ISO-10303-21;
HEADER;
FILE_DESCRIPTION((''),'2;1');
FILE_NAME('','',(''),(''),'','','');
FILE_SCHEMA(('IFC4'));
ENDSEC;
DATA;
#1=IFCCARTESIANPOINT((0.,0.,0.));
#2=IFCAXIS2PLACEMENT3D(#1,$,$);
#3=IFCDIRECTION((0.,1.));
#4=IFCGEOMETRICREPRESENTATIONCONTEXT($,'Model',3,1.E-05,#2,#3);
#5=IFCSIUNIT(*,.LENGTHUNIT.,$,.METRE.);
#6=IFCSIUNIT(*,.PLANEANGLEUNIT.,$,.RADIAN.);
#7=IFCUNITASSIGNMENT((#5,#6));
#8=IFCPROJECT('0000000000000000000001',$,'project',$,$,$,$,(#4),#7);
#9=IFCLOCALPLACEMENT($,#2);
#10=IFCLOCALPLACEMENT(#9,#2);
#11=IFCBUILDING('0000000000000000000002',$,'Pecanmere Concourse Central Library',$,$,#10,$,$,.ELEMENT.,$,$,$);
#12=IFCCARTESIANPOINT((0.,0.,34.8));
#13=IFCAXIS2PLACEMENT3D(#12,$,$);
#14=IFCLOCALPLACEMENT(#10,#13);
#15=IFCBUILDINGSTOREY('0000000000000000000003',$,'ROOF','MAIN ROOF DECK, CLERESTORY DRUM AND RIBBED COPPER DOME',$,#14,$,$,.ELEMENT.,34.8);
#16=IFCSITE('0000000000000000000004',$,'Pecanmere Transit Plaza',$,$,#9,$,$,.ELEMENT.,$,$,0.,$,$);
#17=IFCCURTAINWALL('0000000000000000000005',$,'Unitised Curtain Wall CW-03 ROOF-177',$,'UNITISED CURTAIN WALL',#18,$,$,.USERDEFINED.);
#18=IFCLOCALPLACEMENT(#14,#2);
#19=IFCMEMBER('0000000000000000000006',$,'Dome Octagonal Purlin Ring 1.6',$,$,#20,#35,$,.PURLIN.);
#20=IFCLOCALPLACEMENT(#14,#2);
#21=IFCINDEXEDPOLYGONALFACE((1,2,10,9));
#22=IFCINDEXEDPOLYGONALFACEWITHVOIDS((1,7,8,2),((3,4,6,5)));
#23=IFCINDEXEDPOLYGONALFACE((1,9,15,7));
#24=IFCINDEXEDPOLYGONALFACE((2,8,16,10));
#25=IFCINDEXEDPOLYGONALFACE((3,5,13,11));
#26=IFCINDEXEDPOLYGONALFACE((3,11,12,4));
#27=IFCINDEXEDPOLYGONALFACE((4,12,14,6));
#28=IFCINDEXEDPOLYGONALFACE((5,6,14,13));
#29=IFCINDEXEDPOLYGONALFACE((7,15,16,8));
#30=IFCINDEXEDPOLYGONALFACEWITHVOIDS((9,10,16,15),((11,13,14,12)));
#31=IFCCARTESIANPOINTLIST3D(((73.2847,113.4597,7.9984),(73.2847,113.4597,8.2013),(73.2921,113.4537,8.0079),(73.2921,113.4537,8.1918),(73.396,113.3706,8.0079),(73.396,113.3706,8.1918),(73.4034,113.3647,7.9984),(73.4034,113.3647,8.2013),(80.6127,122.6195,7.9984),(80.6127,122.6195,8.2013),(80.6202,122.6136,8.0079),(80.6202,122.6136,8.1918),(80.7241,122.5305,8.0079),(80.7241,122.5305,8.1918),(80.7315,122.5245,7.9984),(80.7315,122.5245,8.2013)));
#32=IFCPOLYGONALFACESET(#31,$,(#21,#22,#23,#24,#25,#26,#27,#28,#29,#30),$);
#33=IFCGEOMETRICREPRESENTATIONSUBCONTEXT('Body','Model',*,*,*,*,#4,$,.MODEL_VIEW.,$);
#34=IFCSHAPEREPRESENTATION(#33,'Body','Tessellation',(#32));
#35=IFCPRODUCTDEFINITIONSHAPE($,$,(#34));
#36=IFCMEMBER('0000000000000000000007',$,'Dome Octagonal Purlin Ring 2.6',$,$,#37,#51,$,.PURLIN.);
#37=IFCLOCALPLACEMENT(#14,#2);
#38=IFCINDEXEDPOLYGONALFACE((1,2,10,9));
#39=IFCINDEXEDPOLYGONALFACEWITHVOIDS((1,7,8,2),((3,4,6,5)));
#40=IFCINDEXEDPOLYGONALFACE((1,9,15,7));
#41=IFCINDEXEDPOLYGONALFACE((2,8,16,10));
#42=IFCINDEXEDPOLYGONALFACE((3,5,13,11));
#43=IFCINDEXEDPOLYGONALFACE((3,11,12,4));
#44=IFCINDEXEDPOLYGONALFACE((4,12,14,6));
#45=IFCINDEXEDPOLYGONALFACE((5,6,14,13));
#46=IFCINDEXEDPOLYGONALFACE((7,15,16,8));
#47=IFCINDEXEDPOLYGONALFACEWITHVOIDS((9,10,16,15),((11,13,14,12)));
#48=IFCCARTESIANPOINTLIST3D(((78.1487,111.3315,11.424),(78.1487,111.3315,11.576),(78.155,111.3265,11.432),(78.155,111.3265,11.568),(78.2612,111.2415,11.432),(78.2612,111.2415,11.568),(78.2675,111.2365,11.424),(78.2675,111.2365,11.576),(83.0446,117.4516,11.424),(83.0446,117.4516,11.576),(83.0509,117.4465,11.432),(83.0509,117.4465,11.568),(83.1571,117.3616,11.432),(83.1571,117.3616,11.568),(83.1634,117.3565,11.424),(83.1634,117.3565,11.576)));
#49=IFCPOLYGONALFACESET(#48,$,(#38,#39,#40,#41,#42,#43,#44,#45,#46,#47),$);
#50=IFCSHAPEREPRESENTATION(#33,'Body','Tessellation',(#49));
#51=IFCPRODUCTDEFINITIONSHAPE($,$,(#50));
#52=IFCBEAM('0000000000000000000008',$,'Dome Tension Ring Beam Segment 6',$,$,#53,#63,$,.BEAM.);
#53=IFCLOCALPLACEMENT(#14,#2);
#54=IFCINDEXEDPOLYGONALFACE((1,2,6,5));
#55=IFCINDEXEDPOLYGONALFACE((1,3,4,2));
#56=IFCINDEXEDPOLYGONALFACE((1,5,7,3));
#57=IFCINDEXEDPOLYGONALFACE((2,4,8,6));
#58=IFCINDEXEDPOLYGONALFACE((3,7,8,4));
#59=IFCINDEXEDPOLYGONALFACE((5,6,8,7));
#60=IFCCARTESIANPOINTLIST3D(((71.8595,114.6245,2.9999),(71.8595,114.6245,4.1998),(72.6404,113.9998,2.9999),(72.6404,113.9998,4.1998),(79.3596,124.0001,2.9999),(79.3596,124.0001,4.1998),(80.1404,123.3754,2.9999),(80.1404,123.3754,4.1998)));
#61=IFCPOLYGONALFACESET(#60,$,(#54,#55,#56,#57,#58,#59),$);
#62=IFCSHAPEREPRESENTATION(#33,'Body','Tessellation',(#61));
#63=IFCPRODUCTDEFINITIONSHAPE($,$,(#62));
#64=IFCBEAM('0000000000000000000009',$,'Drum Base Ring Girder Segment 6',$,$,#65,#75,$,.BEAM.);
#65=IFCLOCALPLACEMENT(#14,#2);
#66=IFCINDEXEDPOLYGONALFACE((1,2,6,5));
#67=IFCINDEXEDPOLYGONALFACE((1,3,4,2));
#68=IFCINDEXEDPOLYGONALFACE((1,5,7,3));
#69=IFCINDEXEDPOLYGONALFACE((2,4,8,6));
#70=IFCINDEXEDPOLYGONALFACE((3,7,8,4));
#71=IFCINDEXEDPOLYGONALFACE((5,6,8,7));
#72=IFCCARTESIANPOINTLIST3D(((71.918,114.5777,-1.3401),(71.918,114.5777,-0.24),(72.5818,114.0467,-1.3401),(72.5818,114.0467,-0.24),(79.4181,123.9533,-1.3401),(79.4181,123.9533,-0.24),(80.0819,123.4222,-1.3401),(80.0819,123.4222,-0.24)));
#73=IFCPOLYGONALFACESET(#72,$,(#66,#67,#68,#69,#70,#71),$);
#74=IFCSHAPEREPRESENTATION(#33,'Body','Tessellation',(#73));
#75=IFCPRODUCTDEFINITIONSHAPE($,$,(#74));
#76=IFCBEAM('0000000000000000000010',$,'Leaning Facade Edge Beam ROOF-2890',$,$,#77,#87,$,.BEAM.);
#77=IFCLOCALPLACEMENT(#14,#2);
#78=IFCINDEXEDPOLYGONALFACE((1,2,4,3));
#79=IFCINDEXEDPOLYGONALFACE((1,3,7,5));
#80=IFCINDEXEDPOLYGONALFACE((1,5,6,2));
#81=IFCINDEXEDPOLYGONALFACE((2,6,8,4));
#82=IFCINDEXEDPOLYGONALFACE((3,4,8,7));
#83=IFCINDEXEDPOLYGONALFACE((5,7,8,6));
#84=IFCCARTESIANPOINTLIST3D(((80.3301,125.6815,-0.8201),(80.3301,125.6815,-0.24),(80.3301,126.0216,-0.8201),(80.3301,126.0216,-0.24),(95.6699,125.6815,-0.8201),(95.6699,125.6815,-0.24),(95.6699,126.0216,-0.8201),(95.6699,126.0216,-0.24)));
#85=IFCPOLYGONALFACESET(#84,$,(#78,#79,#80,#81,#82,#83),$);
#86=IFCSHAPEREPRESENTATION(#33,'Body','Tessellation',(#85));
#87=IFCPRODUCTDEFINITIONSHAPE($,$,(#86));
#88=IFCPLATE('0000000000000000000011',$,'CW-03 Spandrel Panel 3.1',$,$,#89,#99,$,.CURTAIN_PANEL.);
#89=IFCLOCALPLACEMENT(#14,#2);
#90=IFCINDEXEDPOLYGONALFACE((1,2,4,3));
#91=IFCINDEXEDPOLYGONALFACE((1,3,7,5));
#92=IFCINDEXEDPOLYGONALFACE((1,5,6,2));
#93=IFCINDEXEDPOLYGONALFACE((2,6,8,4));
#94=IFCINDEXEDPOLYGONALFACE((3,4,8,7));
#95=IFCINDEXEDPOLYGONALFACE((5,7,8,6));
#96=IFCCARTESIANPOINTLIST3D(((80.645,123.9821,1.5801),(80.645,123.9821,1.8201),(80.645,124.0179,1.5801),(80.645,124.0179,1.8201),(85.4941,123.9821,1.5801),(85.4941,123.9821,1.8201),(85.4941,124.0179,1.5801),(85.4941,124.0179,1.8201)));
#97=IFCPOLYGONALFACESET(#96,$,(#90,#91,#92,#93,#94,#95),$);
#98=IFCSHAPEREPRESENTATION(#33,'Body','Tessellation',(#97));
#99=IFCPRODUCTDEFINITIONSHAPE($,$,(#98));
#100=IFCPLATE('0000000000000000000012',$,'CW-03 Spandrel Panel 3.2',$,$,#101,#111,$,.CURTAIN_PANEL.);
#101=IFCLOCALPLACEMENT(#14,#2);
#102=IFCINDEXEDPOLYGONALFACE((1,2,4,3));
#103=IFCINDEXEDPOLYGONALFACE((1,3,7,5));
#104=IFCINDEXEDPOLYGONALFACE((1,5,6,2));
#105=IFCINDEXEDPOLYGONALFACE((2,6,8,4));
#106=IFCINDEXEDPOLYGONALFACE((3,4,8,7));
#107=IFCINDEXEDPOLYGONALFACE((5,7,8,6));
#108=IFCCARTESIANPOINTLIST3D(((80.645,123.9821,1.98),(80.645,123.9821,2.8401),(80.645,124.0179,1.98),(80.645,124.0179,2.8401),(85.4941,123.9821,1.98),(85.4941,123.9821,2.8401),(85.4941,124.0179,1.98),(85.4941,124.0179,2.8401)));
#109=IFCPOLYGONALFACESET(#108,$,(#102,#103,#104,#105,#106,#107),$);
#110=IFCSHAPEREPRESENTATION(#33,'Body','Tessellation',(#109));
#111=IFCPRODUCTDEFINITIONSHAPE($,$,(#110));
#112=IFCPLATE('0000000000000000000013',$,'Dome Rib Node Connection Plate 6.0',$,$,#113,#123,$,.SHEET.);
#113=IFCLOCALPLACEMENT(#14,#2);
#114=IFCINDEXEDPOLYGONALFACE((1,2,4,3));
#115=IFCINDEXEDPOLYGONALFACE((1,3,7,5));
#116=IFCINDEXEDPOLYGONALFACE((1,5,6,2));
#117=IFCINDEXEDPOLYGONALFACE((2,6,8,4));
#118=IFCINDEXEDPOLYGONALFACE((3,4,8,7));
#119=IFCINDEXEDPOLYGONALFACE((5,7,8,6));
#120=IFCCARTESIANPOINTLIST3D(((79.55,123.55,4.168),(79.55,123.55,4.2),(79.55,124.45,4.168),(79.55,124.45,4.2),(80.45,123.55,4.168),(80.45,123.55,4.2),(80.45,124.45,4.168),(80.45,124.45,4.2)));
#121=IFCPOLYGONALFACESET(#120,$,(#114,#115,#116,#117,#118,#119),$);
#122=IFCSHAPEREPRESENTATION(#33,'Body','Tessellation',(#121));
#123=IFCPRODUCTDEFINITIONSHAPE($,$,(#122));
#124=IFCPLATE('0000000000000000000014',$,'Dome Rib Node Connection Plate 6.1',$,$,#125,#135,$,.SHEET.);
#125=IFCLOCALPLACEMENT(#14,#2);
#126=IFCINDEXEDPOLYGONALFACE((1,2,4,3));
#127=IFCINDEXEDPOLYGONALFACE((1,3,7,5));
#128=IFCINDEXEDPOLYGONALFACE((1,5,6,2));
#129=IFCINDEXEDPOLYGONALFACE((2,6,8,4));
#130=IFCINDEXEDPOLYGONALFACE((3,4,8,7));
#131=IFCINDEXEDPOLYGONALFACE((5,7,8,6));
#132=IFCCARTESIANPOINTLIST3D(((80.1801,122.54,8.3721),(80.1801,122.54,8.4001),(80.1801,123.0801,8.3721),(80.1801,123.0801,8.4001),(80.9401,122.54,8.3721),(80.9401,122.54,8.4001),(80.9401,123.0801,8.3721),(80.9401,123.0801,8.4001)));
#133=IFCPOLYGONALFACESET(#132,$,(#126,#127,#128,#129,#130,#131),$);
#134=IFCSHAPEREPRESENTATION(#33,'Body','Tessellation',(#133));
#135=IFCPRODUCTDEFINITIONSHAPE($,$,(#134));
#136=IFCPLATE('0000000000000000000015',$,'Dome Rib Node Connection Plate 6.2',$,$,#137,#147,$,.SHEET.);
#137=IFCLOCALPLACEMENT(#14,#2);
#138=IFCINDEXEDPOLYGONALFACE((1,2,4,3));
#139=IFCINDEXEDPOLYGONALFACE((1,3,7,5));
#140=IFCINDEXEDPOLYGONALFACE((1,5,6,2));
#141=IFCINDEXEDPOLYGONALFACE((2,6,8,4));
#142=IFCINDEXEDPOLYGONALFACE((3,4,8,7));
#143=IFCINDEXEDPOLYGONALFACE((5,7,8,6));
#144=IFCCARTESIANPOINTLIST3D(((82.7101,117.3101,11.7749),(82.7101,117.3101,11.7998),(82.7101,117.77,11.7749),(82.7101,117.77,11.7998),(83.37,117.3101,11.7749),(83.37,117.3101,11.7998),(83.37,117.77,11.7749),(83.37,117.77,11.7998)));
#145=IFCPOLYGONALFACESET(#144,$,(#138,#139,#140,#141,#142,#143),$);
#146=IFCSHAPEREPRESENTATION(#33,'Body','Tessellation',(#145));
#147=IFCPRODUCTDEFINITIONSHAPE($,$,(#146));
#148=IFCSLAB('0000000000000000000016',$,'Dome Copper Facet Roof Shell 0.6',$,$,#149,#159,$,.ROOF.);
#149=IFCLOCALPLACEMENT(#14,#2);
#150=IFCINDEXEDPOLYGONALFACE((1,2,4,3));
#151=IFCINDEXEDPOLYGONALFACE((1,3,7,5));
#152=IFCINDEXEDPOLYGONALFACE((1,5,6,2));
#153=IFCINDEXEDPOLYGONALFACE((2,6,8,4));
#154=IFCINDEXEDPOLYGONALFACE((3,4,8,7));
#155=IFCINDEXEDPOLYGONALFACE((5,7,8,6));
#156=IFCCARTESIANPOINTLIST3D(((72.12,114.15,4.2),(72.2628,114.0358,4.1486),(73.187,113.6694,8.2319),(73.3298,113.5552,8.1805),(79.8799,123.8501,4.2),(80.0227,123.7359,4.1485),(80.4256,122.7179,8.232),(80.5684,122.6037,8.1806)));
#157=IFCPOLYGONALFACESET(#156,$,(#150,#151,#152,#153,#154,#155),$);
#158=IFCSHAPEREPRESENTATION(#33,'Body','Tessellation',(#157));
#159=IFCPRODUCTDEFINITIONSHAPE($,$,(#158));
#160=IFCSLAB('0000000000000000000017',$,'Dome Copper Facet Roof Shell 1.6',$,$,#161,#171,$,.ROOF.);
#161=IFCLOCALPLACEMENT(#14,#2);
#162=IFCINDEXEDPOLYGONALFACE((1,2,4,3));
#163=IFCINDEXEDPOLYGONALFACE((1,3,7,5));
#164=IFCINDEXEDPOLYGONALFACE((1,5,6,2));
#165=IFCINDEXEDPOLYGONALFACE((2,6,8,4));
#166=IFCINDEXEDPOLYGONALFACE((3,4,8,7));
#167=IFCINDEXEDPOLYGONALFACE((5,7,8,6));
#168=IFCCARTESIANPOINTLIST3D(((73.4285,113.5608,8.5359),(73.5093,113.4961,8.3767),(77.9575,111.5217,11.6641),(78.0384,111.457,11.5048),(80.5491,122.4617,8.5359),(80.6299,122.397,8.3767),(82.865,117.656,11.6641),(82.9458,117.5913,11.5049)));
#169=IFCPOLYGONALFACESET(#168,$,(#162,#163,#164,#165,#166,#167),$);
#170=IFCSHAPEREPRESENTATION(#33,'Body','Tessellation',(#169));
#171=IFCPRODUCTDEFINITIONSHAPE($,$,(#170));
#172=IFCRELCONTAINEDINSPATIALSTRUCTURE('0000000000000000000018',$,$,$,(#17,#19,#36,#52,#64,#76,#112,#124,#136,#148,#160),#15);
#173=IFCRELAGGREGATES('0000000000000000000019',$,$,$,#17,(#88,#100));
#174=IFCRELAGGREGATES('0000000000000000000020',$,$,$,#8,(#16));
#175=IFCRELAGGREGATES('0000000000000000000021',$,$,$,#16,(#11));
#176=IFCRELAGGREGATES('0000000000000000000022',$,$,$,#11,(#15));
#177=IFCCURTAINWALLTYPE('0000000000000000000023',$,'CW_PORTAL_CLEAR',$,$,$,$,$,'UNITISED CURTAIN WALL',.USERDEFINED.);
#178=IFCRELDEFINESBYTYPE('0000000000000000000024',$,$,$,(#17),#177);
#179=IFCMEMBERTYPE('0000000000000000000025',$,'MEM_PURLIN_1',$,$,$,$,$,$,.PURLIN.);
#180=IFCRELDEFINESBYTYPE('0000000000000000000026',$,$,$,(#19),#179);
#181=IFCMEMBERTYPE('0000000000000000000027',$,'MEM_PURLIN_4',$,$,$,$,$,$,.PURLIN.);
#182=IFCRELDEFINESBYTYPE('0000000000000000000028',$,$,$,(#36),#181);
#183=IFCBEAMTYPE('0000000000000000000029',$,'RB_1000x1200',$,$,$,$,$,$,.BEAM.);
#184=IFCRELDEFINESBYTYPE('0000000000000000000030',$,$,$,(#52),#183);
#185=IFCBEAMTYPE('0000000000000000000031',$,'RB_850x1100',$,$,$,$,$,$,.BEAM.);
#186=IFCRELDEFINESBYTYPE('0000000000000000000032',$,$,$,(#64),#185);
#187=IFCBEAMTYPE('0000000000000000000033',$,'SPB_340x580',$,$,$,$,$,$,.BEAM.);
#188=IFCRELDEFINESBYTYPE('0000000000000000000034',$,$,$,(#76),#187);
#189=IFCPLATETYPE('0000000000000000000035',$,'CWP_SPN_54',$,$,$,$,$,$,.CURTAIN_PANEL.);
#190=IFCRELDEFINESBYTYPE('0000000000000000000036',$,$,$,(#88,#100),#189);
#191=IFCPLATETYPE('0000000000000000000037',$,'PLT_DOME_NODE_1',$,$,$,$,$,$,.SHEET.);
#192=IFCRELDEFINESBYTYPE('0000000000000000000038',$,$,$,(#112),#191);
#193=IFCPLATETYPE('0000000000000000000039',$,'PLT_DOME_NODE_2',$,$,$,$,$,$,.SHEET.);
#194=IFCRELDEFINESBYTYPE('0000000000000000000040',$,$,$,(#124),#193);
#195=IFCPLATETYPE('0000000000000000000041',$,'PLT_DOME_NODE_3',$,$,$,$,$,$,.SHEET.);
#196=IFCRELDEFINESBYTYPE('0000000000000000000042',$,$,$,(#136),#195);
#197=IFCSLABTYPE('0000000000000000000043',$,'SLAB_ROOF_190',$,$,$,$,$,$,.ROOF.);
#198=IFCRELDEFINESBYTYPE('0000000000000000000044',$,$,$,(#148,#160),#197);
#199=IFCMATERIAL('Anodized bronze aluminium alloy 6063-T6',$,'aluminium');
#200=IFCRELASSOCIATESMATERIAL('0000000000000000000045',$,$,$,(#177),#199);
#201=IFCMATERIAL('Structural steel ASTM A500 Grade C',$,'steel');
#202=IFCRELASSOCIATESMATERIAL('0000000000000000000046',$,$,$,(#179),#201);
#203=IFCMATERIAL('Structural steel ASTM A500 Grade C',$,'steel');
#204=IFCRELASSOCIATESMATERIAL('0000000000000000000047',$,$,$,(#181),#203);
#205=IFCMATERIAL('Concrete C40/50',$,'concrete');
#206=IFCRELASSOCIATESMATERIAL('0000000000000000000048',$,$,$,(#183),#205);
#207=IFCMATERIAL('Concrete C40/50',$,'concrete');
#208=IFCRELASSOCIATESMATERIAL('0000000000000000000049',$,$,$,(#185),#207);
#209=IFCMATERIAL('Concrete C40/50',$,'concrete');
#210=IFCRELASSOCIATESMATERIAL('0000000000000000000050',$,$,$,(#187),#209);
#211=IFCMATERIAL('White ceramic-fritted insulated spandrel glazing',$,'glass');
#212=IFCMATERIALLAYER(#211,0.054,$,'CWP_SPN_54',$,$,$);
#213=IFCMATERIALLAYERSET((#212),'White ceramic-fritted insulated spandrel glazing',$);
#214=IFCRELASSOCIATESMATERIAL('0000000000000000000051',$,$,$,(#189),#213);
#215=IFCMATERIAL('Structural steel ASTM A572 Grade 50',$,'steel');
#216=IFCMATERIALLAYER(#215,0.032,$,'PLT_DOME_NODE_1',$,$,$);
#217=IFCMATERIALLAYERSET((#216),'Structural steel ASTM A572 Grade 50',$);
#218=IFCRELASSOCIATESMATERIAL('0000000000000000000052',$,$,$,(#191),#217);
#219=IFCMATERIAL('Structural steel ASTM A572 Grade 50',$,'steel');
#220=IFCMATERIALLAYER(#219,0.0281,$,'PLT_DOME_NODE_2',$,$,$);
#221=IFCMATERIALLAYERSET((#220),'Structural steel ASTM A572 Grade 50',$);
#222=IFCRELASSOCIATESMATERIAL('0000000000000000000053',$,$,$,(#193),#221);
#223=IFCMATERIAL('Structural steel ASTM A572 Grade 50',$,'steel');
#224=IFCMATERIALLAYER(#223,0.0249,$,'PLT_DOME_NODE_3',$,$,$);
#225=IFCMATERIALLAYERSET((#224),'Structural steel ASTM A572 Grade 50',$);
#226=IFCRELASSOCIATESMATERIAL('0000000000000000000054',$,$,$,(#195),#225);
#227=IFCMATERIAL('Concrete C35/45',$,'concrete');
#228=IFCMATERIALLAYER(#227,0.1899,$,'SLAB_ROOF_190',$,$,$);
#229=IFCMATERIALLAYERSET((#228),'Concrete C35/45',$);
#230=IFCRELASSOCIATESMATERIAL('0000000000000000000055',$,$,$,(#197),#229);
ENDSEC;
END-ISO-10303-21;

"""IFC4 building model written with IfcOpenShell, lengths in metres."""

from ifc_helpers import new_model, si_unit, direction, frame, origin, origin_2d, place, context, subcontext, project, spatial, polyline, rectangle, hollow_rectangle, outline, extrude, material, layer, layer_set, material_profile, profile_set, type_object, element, aggregate, save


model = new_model("IFC4")

# Units and contexts
model_context = context("Model", 3, precision=1e-05, world=origin(), true_north=direction((0.0, 1.0)))
body_context = subcontext(model_context, "Body", "Model", "MODEL_VIEW")
ifc_project = project(units=[si_unit("LENGTHUNIT", "METRE"), si_unit("PLANEANGLEUNIT", "RADIAN")], contexts=[model_context])

# Site, building, storey
site_placement = place(None, origin())
site = spatial("IfcSite", under=ifc_project, at=site_placement, Name="Pecanmere Transit Plaza", CompositionType="ELEMENT", RefElevation=0.0)
building_placement = place(site_placement, origin())
building = spatial("IfcBuilding", under=site, at=building_placement, Name="Pecanmere Concourse Central Library", CompositionType="ELEMENT")
storey_placement = place(building_placement, frame((0.0, 0.0, 34.8)))
storey = spatial("IfcBuildingStorey", under=building, at=storey_placement, Name="ROOF", Description="MAIN ROOF DECK, CLERESTORY DRUM AND RIBBED COPPER DOME", CompositionType="ELEMENT", Elevation=34.8)

# Curtain wall
ifc_material_1 = material(Name="Anodized bronze aluminium alloy 6063-T6", Category="aluminium")
curtain_wall_type = type_object("IfcCurtainWallType", Name="CW_PORTAL_CLEAR", ElementType="UNITISED CURTAIN WALL", PredefinedType="USERDEFINED", material=ifc_material_1)
curtain_wall_1_placement = place(storey_placement, origin())
curtain_wall_1 = element("IfcCurtainWall", 1, at=curtain_wall_1_placement, inside=storey, type_object=curtain_wall_type, Name="Unitised Curtain Wall CW-03 ROOF-177", ObjectType="UNITISED CURTAIN WALL", PredefinedType="USERDEFINED")

# Members
ifc_material_2 = material(Name="Structural steel ASTM A500 Grade C", Category="steel")
ifc_material_profile_1 = material_profile(ifc_material_2, hollow_rectangle(XDim=0.1521, YDim=0.2029, WallThickness=0.0095, at=origin_2d()), Name="HSS203x152x9.5")
ifc_profile_set_1 = profile_set([ifc_material_profile_1], Name="Structural steel ASTM A500 Grade C")
member_type_1 = type_object("IfcMemberType", Name="MEM_PURLIN_1", PredefinedType="PURLIN", material=ifc_profile_set_1)
member_1_placement = place(storey_placement, frame((80.6721, 122.572, 8.0999), z_axis=(-0.624705, -0.780861, 0.0), x_axis=(0.780861, -0.624705, 0.0)))
element("IfcMember", 2, at=member_1_placement, inside=storey, type_object=member_type_1, Name="Dome Octagonal Purlin Ring 1.6", PredefinedType="PURLIN", context=body_context, shape_type="SweptSolid", body=[
    extrude(hollow_rectangle(XDim=0.1521, YDim=0.2029, WallThickness=0.0095, at=origin_2d()), origin(), (0.0, 0.0, 1.0), 11.7305),
])
ifc_material_3 = material(Name="Structural steel ASTM A500 Grade C", Category="steel")
ifc_material_profile_2 = material_profile(ifc_material_3, hollow_rectangle(XDim=0.1521, YDim=0.1521, WallThickness=0.0081, at=origin_2d()), Name="HSS152x152x8.0")
ifc_profile_set_2 = profile_set([ifc_material_profile_2], Name="Structural steel ASTM A500 Grade C")
member_type_2 = type_object("IfcMemberType", Name="MEM_PURLIN_4", PredefinedType="PURLIN", material=ifc_profile_set_2)
member_2_placement = place(storey_placement, frame((83.104, 117.4041, 11.5), z_axis=(-0.624687, -0.780875, 0.0), x_axis=(0.780875, -0.624687, 0.0)))
element("IfcMember", 3, at=member_2_placement, inside=storey, type_object=member_type_2, Name="Dome Octagonal Purlin Ring 2.6", PredefinedType="PURLIN", context=body_context, shape_type="SweptSolid", body=[
    extrude(hollow_rectangle(XDim=0.1521, YDim=0.1521, WallThickness=0.0081, at=origin_2d()), origin(), (0.0, 0.0, 1.0), 7.8374),
])

# Beams
ifc_material_4 = material(Name="Concrete C40/50", Category="concrete")
ifc_material_profile_3 = material_profile(ifc_material_4, rectangle(XDim=1.0, YDim=1.2, at=origin_2d()), Name="RC 1000x1200")
ifc_profile_set_3 = profile_set([ifc_material_profile_3], Name="Concrete C40/50")
beam_type_1 = type_object("IfcBeamType", Name="RB_1000x1200", PredefinedType="BEAM", material=ifc_profile_set_3)
beam_1_placement = place(storey_placement, frame((79.75, 123.6877, 3.5999), z_axis=(-0.624675, -0.780885, 0.0), x_axis=(0.780885, -0.624675, 0.0)))
element("IfcBeam", 4, at=beam_1_placement, inside=storey, type_object=beam_type_1, Name="Dome Tension Ring Beam Segment 6", PredefinedType="BEAM", context=body_context, shape_type="SweptSolid", body=[
    extrude(rectangle(XDim=1.0, YDim=1.2, at=origin_2d()), origin(), (0.0, 0.0, 1.0), 12.0063),
])
ifc_material_5 = material(Name="Concrete C40/50", Category="concrete")
ifc_material_profile_4 = material_profile(ifc_material_5, rectangle(XDim=0.8501, YDim=1.1001, at=origin_2d()), Name="RC 850x1100")
ifc_profile_set_4 = profile_set([ifc_material_profile_4], Name="Concrete C40/50")
beam_type_2 = type_object("IfcBeamType", Name="RB_850x1100", PredefinedType="BEAM", material=ifc_profile_set_4)
beam_2_placement = place(storey_placement, frame((79.75, 123.6877, -0.79), z_axis=(-0.624675, -0.780885, 0.0), x_axis=(0.780885, -0.624675, 0.0)))
element("IfcBeam", 5, at=beam_2_placement, inside=storey, type_object=beam_type_2, Name="Drum Base Ring Girder Segment 6", PredefinedType="BEAM", context=body_context, shape_type="SweptSolid", body=[
    extrude(rectangle(XDim=0.8501, YDim=1.1001, at=origin_2d()), origin(), (0.0, 0.0, 1.0), 12.0063),
])
ifc_material_6 = material(Name="Concrete C40/50", Category="concrete")
ifc_material_profile_5 = material_profile(ifc_material_6, rectangle(XDim=0.3401, YDim=0.5801, at=origin_2d()), Name="RC 340x580")
ifc_profile_set_5 = profile_set([ifc_material_profile_5], Name="Concrete C40/50")
beam_type_3 = type_object("IfcBeamType", Name="SPB_340x580", PredefinedType="BEAM", material=ifc_profile_set_5)
beam_3_placement = place(storey_placement, frame((80.3301, 125.8516, -0.53), z_axis=(1.0, 0.0, 0.0), x_axis=(0.0, 1.0, 0.0)))
element("IfcBeam", 6, at=beam_3_placement, inside=storey, type_object=beam_type_3, Name="Leaning Facade Edge Beam ROOF-2890", PredefinedType="BEAM", context=body_context, shape_type="SweptSolid", body=[
    extrude(rectangle(XDim=0.3401, YDim=0.5801, at=origin_2d()), origin(), (0.0, 0.0, 1.0), 15.3398),
])

# Plates
ifc_material_7 = material(Name="White ceramic-fritted insulated spandrel glazing", Category="glass")
ifc_layer_1 = layer(ifc_material_7, 0.054, Name="CWP_SPN_54")
ifc_layer_set_1 = layer_set([ifc_layer_1], Name="White ceramic-fritted insulated spandrel glazing")
plate_type_1 = type_object("IfcPlateType", Name="CWP_SPN_54", PredefinedType="CURTAIN_PANEL", material=ifc_layer_set_1)
plate_1_placement = place(storey_placement, frame((83.0696, 124.0, 1.5801), z_axis=(0.0, 0.0, 1.0), x_axis=(-1.0, 0.0, 0.0)))
plate_1 = element("IfcPlate", 7, at=plate_1_placement, type_object=plate_type_1, Name="CW-03 Spandrel Panel 3.1", PredefinedType="CURTAIN_PANEL", context=body_context, shape_type="SweptSolid", body=[
    extrude(rectangle(XDim=4.8491, YDim=0.0359, at=origin_2d()), origin(), (0.0, 0.0, 1.0), 0.24),
])
plate_2_placement = place(storey_placement, frame((83.0696, 124.0, 1.98), z_axis=(0.0, 0.0, 1.0), x_axis=(-1.0, 0.0, 0.0)))
plate_2 = element("IfcPlate", 8, at=plate_2_placement, type_object=plate_type_1, Name="CW-03 Spandrel Panel 3.2", PredefinedType="CURTAIN_PANEL", context=body_context, shape_type="SweptSolid", body=[
    extrude(rectangle(XDim=4.8491, YDim=0.0359, at=origin_2d()), origin(), (0.0, 0.0, 1.0), 0.8601),
])
aggregate(curtain_wall_1, [plate_1, plate_2])

# Plates
ifc_material_8 = material(Name="Structural steel ASTM A572 Grade 50", Category="steel")
ifc_layer_2 = layer(ifc_material_8, 0.032, Name="PLT_DOME_NODE_1")
ifc_layer_set_2 = layer_set([ifc_layer_2], Name="Structural steel ASTM A572 Grade 50")
plate_type_2 = type_object("IfcPlateType", Name="PLT_DOME_NODE_1", PredefinedType="SHEET", material=ifc_layer_set_2)
plate_3_placement = place(storey_placement, frame((80.0, 124.0, 4.168), z_axis=(0.0, 0.0, 1.0), x_axis=(1.0, 0.0, 0.0)))
element("IfcPlate", 9, at=plate_3_placement, inside=storey, type_object=plate_type_2, Name="Dome Rib Node Connection Plate 6.0", PredefinedType="SHEET", context=body_context, shape_type="SweptSolid", body=[
    extrude(rectangle(XDim=0.8999, YDim=0.8999, at=origin_2d()), origin(), (0.0, 0.0, 1.0), 0.032),
])
ifc_material_9 = material(Name="Structural steel ASTM A572 Grade 50", Category="steel")
ifc_layer_3 = layer(ifc_material_9, 0.0281, Name="PLT_DOME_NODE_2")
ifc_layer_set_3 = layer_set([ifc_layer_3], Name="Structural steel ASTM A572 Grade 50")
plate_type_3 = type_object("IfcPlateType", Name="PLT_DOME_NODE_2", PredefinedType="SHEET", material=ifc_layer_set_3)
plate_4_placement = place(storey_placement, frame((80.5601, 122.8101, 8.3721), z_axis=(0.0, 0.0, 1.0), x_axis=(1.0, 0.0, 0.0)))
element("IfcPlate", 10, at=plate_4_placement, inside=storey, type_object=plate_type_3, Name="Dome Rib Node Connection Plate 6.1", PredefinedType="SHEET", context=body_context, shape_type="SweptSolid", body=[
    extrude(rectangle(XDim=0.76, YDim=0.54, at=origin_2d()), origin(), (0.0, 0.0, 1.0), 0.0281),
])
ifc_material_10 = material(Name="Structural steel ASTM A572 Grade 50", Category="steel")
ifc_layer_4 = layer(ifc_material_10, 0.0249, Name="PLT_DOME_NODE_3")
ifc_layer_set_4 = layer_set([ifc_layer_4], Name="Structural steel ASTM A572 Grade 50")
plate_type_4 = type_object("IfcPlateType", Name="PLT_DOME_NODE_3", PredefinedType="SHEET", material=ifc_layer_set_4)
plate_5_placement = place(storey_placement, frame((83.04, 117.54, 11.7749), z_axis=(0.0, 0.0, 1.0), x_axis=(1.0, 0.0, 0.0)))
element("IfcPlate", 11, at=plate_5_placement, inside=storey, type_object=plate_type_4, Name="Dome Rib Node Connection Plate 6.2", PredefinedType="SHEET", context=body_context, shape_type="SweptSolid", body=[
    extrude(rectangle(XDim=0.6599, YDim=0.46, at=origin_2d()), origin(), (0.0, 0.0, 1.0), 0.0249),
])

# Slabs
ifc_material_11 = material(Name="Concrete C35/45", Category="concrete")
ifc_layer_5 = layer(ifc_material_11, 0.1899, Name="SLAB_ROOF_190")
ifc_layer_set_5 = layer_set([ifc_layer_5], Name="Concrete C35/45")
slab_type = type_object("IfcSlabType", Name="SLAB_ROOF_190", PredefinedType="ROOF", material=ifc_layer_set_5)
slab_1_placement = place(storey_placement, frame((79.8799, 123.8501, 4.2), z_axis=(-0.751737, 0.601378, 0.270623), x_axis=(-0.624687, -0.780875, 0.000004)))
element("IfcSlab", 12, at=slab_1_placement, inside=storey, type_object=slab_type, Name="Dome Copper Facet Roof Shell 0.6", PredefinedType="ROOF", context=body_context, shape_type="SweptSolid", body=[
    extrude(outline(polyline([(0.0, 0.0), (12.4221, 0.0), (12.1308, 4.1882), (0.5432, 4.1883), (0.0, 0.0)])), origin(), (0.0, 0.0, -1.0), 0.1899),
])
slab_2_placement = place(storey_placement, frame((80.5491, 122.4617, 8.5359), z_axis=(-0.425698, 0.340557, 0.838333), x_axis=(-0.624691, -0.780872, 0.000002)))
element("IfcSlab", 13, at=slab_2_placement, inside=storey, type_object=slab_type, Name="Dome Copper Facet Roof Shell 1.6", PredefinedType="ROOF", context=body_context, shape_type="SweptSolid", body=[
    extrude(outline(polyline([(0.0, 0.0), (11.3986, 0.0), (10.1616, 5.7381), (2.3059, 5.7381), (0.0, 0.0)])), origin(), (0.0, 0.0, -1.0), 0.1899),
])

save(model, "model.ifc")
